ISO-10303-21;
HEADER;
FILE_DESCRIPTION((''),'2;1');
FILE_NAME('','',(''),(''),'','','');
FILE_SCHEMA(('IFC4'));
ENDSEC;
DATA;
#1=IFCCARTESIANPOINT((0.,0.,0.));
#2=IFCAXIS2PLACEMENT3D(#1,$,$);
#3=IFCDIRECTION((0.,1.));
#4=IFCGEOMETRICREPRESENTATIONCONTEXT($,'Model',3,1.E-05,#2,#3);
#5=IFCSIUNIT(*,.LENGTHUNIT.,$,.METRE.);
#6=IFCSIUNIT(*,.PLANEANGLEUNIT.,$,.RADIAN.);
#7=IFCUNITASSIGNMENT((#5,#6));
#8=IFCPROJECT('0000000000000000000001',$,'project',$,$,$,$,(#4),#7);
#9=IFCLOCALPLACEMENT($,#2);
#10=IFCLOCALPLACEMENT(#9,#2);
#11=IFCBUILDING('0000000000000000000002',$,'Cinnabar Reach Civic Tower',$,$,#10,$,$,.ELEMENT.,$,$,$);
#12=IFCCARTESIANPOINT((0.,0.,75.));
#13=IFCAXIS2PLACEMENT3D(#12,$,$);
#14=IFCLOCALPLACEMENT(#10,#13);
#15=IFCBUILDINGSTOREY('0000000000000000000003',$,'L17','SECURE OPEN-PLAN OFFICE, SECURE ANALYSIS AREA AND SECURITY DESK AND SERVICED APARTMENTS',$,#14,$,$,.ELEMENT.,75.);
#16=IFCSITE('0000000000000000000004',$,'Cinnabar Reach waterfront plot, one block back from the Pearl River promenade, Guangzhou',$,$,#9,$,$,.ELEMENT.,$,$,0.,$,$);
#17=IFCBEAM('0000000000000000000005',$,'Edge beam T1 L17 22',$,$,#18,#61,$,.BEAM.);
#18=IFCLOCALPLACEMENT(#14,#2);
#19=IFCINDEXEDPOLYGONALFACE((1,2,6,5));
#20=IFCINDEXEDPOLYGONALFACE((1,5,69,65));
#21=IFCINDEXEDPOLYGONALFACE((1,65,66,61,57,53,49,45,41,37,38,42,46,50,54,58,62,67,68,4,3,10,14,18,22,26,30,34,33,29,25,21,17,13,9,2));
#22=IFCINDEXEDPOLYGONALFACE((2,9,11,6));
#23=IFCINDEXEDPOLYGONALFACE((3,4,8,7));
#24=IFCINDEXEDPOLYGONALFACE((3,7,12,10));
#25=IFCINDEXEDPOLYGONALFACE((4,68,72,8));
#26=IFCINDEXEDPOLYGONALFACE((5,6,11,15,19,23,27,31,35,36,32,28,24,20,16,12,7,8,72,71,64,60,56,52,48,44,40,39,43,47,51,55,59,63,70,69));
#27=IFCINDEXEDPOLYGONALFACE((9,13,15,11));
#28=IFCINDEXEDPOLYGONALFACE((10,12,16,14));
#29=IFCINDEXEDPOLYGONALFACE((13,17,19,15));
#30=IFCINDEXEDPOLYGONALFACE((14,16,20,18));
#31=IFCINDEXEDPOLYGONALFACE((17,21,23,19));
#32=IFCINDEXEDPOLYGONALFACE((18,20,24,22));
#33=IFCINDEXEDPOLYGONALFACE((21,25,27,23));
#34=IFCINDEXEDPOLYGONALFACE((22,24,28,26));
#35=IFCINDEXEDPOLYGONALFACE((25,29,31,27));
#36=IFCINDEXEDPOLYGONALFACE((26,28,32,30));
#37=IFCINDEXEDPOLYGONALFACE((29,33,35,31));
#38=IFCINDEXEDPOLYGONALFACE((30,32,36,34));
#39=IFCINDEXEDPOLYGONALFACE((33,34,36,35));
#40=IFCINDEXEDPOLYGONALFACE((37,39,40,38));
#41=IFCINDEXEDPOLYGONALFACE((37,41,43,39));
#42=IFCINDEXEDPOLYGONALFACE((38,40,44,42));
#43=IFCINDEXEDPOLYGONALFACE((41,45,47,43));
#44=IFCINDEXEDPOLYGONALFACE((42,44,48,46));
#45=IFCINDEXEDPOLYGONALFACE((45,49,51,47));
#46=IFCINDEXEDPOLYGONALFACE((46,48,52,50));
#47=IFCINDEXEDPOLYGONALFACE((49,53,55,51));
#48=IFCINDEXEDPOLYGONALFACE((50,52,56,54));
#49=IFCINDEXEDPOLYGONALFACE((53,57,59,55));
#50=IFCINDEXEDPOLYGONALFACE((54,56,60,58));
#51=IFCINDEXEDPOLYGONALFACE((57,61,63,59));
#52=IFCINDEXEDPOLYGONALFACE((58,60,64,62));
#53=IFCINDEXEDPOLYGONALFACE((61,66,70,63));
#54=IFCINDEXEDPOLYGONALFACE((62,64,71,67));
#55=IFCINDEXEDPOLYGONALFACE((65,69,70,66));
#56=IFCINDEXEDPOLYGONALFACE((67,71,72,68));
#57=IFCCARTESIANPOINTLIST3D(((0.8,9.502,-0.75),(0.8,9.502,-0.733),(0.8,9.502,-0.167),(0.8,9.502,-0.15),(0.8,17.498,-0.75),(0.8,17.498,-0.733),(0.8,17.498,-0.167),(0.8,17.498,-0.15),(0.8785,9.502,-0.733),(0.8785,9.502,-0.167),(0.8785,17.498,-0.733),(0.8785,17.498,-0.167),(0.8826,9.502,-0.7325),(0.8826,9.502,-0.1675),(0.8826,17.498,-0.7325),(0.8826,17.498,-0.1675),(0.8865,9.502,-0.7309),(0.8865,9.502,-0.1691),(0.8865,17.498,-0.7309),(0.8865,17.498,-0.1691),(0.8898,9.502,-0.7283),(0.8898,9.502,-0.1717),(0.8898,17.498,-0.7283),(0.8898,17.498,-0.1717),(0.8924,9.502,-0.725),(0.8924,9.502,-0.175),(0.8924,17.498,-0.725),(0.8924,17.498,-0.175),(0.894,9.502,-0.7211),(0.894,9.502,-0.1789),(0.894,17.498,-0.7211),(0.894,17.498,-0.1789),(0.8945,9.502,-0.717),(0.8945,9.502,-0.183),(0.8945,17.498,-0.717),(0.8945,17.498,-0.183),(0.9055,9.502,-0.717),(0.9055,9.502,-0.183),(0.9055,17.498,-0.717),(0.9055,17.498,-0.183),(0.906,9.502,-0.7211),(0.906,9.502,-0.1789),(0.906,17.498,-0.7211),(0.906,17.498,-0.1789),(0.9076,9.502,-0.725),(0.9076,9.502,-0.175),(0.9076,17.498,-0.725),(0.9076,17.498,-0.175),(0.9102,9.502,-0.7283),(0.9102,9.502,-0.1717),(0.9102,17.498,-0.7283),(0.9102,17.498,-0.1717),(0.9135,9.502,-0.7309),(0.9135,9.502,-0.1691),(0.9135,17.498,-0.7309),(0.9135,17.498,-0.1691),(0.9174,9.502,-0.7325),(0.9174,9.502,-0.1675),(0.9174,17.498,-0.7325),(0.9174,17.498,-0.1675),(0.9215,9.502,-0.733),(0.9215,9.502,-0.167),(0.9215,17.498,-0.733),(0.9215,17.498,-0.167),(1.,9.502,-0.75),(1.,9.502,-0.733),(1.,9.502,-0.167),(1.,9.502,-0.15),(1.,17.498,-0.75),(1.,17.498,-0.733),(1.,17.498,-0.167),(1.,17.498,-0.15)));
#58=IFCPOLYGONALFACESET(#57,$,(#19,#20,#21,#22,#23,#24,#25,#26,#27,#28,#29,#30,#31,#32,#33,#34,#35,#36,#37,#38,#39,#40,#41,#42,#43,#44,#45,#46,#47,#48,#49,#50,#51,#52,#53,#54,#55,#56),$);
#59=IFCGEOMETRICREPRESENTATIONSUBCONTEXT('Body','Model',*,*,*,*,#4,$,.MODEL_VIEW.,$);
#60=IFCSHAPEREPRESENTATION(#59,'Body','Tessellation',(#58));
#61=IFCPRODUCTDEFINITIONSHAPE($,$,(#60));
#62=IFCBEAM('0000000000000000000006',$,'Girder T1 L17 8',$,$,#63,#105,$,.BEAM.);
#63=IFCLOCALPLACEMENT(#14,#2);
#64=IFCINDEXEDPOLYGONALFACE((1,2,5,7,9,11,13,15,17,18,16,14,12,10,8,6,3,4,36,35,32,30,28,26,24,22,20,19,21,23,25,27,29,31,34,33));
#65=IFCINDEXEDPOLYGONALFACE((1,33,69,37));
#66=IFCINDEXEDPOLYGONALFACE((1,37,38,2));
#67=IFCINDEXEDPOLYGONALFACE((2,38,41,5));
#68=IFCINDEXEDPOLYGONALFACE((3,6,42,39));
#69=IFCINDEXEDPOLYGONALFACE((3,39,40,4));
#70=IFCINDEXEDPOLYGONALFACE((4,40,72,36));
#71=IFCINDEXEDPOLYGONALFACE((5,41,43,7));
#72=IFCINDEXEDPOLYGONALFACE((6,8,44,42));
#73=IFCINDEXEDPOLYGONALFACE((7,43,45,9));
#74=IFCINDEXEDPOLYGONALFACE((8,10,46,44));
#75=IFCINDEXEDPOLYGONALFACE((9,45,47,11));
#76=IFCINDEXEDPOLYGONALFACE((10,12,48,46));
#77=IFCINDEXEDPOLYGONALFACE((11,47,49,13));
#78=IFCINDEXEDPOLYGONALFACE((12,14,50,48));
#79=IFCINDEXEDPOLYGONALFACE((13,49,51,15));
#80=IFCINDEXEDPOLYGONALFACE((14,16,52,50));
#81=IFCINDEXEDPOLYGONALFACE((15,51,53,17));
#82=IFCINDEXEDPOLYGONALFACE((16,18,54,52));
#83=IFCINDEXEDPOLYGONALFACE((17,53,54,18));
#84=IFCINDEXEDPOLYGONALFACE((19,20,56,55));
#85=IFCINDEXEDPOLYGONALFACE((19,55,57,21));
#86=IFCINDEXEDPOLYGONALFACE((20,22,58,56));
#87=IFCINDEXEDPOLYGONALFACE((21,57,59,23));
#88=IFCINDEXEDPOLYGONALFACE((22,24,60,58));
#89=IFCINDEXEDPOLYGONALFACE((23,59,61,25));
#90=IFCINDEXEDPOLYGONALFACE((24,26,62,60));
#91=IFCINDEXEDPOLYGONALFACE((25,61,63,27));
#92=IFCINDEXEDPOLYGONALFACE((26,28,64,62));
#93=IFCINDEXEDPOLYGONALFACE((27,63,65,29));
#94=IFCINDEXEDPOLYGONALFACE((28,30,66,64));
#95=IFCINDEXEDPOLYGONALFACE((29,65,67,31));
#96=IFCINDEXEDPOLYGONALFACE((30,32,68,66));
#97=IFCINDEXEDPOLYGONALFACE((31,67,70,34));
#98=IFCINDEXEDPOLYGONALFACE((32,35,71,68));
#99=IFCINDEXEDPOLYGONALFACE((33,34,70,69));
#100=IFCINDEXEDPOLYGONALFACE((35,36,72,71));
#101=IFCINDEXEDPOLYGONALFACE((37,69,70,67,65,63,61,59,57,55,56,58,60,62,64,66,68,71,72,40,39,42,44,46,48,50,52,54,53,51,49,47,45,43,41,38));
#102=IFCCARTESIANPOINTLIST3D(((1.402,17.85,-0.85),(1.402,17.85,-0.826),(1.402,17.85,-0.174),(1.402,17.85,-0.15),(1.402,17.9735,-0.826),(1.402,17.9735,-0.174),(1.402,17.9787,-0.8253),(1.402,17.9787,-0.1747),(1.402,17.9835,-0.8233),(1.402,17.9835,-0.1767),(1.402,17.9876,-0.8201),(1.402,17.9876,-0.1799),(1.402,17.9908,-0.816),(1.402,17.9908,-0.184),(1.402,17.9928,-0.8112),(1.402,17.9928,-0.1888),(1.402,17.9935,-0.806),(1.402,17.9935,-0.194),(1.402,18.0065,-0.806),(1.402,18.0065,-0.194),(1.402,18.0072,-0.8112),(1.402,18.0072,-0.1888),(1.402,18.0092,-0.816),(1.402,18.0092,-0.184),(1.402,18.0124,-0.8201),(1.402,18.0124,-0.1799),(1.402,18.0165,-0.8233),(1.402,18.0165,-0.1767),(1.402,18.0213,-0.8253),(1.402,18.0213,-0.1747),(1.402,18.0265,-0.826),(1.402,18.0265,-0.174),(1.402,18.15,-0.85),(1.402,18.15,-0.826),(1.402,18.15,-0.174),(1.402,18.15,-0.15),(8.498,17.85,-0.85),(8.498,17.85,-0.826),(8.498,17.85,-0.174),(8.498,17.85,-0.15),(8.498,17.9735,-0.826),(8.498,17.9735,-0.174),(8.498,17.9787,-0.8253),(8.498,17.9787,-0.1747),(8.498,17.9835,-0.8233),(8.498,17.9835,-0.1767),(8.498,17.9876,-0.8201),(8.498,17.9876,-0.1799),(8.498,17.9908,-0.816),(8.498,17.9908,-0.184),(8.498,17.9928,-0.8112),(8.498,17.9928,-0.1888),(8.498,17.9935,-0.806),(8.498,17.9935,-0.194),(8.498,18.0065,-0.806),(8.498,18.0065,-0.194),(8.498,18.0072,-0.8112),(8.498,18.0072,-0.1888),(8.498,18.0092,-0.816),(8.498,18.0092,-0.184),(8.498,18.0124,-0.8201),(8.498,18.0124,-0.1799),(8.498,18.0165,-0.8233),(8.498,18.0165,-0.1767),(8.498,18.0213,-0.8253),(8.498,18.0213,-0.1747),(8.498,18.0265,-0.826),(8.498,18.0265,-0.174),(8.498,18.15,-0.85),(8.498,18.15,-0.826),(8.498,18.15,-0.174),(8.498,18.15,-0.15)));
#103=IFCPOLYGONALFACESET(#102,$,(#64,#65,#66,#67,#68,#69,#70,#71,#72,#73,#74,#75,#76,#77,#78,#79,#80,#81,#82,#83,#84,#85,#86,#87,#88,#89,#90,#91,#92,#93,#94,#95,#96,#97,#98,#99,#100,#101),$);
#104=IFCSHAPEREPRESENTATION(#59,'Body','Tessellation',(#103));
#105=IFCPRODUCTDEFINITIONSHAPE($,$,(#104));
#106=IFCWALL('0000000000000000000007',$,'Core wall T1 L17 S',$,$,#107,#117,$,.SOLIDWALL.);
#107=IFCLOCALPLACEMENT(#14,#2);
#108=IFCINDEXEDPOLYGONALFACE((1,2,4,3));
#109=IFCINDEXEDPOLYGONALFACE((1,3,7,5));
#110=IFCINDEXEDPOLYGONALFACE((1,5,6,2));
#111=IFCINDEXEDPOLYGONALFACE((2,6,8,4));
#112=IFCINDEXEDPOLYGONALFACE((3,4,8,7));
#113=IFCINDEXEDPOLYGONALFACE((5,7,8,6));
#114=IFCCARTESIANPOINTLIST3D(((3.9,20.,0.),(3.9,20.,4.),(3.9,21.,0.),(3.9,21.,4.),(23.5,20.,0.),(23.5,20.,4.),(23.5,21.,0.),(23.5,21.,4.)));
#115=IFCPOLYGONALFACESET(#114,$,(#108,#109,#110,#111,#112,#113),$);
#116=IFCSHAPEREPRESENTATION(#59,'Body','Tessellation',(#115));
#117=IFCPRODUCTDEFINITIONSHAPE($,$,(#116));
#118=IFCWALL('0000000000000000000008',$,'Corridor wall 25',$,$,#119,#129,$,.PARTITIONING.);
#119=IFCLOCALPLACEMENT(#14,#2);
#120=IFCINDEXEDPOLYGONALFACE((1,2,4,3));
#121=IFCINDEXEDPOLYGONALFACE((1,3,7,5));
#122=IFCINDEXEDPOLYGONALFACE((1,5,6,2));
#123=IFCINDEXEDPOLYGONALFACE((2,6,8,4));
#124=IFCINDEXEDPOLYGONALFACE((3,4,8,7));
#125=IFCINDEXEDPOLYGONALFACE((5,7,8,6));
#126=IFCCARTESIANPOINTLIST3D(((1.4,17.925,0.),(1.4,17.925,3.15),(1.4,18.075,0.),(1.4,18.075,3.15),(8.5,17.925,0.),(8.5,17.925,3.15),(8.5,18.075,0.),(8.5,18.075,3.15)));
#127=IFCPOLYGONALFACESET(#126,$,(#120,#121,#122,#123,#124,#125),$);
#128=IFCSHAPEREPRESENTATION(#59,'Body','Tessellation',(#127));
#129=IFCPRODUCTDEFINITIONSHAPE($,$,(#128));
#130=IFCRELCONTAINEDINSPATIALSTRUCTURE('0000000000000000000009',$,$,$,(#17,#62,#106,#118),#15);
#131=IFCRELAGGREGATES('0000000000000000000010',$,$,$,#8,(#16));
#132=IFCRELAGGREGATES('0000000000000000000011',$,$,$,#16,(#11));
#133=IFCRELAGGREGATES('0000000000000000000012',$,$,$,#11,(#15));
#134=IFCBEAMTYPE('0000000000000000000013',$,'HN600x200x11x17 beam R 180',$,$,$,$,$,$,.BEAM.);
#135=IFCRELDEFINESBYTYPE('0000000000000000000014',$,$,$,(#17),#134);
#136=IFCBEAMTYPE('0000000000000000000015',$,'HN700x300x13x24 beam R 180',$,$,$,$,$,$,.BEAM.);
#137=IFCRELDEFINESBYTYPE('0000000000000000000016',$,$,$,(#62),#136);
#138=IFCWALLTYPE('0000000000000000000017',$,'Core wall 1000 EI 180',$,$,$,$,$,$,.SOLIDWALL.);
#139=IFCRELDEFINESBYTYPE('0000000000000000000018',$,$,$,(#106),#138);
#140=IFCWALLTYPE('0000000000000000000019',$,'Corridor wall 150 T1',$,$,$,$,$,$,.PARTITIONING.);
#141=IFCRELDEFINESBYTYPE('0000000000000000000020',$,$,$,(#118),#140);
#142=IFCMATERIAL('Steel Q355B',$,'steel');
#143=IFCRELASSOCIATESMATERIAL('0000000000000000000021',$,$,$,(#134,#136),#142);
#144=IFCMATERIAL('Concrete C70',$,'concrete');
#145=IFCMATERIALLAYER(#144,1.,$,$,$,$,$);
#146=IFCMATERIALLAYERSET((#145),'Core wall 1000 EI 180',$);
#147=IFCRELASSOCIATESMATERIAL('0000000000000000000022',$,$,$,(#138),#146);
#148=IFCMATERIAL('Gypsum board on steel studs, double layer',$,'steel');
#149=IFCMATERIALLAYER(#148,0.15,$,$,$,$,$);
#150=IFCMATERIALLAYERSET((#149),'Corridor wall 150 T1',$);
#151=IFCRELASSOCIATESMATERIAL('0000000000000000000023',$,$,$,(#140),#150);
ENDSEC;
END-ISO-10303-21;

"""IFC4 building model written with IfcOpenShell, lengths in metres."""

from ifc_helpers import new_model, si_unit, direction, frame, frame_2d, origin, origin_2d, place, context, subcontext, project, spatial, rectangle, i_section, extrude, material, layer, layer_set, material_profile, profile_set, type_object, element, save


model = new_model("IFC4")

# Units and contexts
model_context = context("Model", 3, precision=1e-05, world=origin(), true_north=direction((0.0, 1.0)))
body_context = subcontext(model_context, "Body", "Model", "MODEL_VIEW")
ifc_project = project(units=[si_unit("LENGTHUNIT", "METRE"), si_unit("PLANEANGLEUNIT", "RADIAN")], contexts=[model_context])

# Site, building, storey
site_placement = place(None, origin())
site = spatial("IfcSite", under=ifc_project, at=site_placement, Name="Cinnabar Reach waterfront plot, one block back from the Pearl River promenade, Guangzhou", CompositionType="ELEMENT", RefElevation=0.0)
building_placement = place(site_placement, origin())
building = spatial("IfcBuilding", under=site, at=building_placement, Name="Cinnabar Reach Civic Tower", CompositionType="ELEMENT")
storey_placement = place(building_placement, frame((0.0, 0.0, 75.0)))
storey = spatial("IfcBuildingStorey", under=building, at=storey_placement, Name="L17", Description="SECURE OPEN-PLAN OFFICE, SECURE ANALYSIS AREA AND SECURITY DESK AND SERVICED APARTMENTS", CompositionType="ELEMENT", Elevation=75.0)

# Shared definitions
ifc_material_1 = material(Name="Concrete C70", Category="concrete")

# Beams
ifc_material_2 = material(Name="Steel Q355B", Category="steel")
ifc_material_profile_1 = material_profile(ifc_material_2, i_section(OverallWidth=0.2, OverallDepth=0.6, WebThickness=0.011, FlangeThickness=0.017, FilletRadius=0.016, at=origin_2d()), Name="HN600x200x11x17")
ifc_profile_set_1 = profile_set([ifc_material_profile_1], Name="Steel Q355B")
beam_type_1 = type_object("IfcBeamType", Name="HN600x200x11x17 beam R 180", PredefinedType="BEAM", material=ifc_profile_set_1)
beam_1_placement = place(storey_placement, frame((0.9, 17.498, -0.45), z_axis=(0.0, -1.0, 0.0), x_axis=(1.0, 0.0, 0.0)))
element("IfcBeam", 1, at=beam_1_placement, inside=storey, type_object=beam_type_1, Name="Edge beam T1 L17 22", PredefinedType="BEAM", context=body_context, shape_type="SweptSolid", body=[
    extrude(i_section(OverallWidth=0.2, OverallDepth=0.6, WebThickness=0.011, FlangeThickness=0.017, FilletRadius=0.016, at=origin_2d()), origin(), (0.0, 0.0, 1.0), 7.996),
])
ifc_material_profile_2 = material_profile(ifc_material_2, i_section(OverallWidth=0.3, OverallDepth=0.7, WebThickness=0.013, FlangeThickness=0.024, FilletRadius=0.02, at=origin_2d()), Name="HN700x300x13x24")
ifc_profile_set_2 = profile_set([ifc_material_profile_2], Name="Steel Q355B")
beam_type_2 = type_object("IfcBeamType", Name="HN700x300x13x24 beam R 180", PredefinedType="BEAM", material=ifc_profile_set_2)
beam_2_placement = place(storey_placement, frame((1.402, 18.0, -0.5), z_axis=(1.0, 0.0, 0.0), x_axis=(0.0, 1.0, 0.0)))
element("IfcBeam", 2, at=beam_2_placement, inside=storey, type_object=beam_type_2, Name="Girder T1 L17 8", PredefinedType="BEAM", context=body_context, shape_type="SweptSolid", body=[
    extrude(i_section(OverallWidth=0.3, OverallDepth=0.7, WebThickness=0.013, FlangeThickness=0.024, FilletRadius=0.02, at=origin_2d()), origin(), (0.0, 0.0, 1.0), 7.096),
])

# Walls
ifc_layer_1 = layer(ifc_material_1, 1.0)
ifc_layer_set_1 = layer_set([ifc_layer_1], Name="Core wall 1000 EI 180")
wall_type_1 = type_object("IfcWallType", Name="Core wall 1000 EI 180", PredefinedType="SOLIDWALL", material=ifc_layer_set_1)
wall_1_placement = place(storey_placement, frame((3.9, 20.5, 0.0), z_axis=(0.0, 0.0, 1.0), x_axis=(1.0, 0.0, 0.0)))
element("IfcWall", 3, at=wall_1_placement, inside=storey, type_object=wall_type_1, Name="Core wall T1 L17 S", PredefinedType="SOLIDWALL", context=body_context, shape_type="SweptSolid", body=[
    extrude(rectangle(XDim=19.6, YDim=1.0, at=frame_2d((9.8, 0.0))), origin(), (0.0, 0.0, 1.0), 4.0),
])
ifc_material_3 = material(Name="Gypsum board on steel studs, double layer", Category="steel")
ifc_layer_2 = layer(ifc_material_3, 0.15)
ifc_layer_set_2 = layer_set([ifc_layer_2], Name="Corridor wall 150 T1")
wall_type_2 = type_object("IfcWallType", Name="Corridor wall 150 T1", PredefinedType="PARTITIONING", material=ifc_layer_set_2)
wall_2_placement = place(storey_placement, frame((1.4, 18.0, 0.0), z_axis=(0.0, 0.0, 1.0), x_axis=(1.0, 0.0, 0.0)))
element("IfcWall", 4, at=wall_2_placement, inside=storey, type_object=wall_type_2, Name="Corridor wall 25", PredefinedType="PARTITIONING", context=body_context, shape_type="SweptSolid", body=[
    extrude(rectangle(XDim=7.1, YDim=0.15, at=frame_2d((3.55, 0.0))), origin(), (0.0, 0.0, 1.0), 3.15),
])

save(model, "model.ifc")
